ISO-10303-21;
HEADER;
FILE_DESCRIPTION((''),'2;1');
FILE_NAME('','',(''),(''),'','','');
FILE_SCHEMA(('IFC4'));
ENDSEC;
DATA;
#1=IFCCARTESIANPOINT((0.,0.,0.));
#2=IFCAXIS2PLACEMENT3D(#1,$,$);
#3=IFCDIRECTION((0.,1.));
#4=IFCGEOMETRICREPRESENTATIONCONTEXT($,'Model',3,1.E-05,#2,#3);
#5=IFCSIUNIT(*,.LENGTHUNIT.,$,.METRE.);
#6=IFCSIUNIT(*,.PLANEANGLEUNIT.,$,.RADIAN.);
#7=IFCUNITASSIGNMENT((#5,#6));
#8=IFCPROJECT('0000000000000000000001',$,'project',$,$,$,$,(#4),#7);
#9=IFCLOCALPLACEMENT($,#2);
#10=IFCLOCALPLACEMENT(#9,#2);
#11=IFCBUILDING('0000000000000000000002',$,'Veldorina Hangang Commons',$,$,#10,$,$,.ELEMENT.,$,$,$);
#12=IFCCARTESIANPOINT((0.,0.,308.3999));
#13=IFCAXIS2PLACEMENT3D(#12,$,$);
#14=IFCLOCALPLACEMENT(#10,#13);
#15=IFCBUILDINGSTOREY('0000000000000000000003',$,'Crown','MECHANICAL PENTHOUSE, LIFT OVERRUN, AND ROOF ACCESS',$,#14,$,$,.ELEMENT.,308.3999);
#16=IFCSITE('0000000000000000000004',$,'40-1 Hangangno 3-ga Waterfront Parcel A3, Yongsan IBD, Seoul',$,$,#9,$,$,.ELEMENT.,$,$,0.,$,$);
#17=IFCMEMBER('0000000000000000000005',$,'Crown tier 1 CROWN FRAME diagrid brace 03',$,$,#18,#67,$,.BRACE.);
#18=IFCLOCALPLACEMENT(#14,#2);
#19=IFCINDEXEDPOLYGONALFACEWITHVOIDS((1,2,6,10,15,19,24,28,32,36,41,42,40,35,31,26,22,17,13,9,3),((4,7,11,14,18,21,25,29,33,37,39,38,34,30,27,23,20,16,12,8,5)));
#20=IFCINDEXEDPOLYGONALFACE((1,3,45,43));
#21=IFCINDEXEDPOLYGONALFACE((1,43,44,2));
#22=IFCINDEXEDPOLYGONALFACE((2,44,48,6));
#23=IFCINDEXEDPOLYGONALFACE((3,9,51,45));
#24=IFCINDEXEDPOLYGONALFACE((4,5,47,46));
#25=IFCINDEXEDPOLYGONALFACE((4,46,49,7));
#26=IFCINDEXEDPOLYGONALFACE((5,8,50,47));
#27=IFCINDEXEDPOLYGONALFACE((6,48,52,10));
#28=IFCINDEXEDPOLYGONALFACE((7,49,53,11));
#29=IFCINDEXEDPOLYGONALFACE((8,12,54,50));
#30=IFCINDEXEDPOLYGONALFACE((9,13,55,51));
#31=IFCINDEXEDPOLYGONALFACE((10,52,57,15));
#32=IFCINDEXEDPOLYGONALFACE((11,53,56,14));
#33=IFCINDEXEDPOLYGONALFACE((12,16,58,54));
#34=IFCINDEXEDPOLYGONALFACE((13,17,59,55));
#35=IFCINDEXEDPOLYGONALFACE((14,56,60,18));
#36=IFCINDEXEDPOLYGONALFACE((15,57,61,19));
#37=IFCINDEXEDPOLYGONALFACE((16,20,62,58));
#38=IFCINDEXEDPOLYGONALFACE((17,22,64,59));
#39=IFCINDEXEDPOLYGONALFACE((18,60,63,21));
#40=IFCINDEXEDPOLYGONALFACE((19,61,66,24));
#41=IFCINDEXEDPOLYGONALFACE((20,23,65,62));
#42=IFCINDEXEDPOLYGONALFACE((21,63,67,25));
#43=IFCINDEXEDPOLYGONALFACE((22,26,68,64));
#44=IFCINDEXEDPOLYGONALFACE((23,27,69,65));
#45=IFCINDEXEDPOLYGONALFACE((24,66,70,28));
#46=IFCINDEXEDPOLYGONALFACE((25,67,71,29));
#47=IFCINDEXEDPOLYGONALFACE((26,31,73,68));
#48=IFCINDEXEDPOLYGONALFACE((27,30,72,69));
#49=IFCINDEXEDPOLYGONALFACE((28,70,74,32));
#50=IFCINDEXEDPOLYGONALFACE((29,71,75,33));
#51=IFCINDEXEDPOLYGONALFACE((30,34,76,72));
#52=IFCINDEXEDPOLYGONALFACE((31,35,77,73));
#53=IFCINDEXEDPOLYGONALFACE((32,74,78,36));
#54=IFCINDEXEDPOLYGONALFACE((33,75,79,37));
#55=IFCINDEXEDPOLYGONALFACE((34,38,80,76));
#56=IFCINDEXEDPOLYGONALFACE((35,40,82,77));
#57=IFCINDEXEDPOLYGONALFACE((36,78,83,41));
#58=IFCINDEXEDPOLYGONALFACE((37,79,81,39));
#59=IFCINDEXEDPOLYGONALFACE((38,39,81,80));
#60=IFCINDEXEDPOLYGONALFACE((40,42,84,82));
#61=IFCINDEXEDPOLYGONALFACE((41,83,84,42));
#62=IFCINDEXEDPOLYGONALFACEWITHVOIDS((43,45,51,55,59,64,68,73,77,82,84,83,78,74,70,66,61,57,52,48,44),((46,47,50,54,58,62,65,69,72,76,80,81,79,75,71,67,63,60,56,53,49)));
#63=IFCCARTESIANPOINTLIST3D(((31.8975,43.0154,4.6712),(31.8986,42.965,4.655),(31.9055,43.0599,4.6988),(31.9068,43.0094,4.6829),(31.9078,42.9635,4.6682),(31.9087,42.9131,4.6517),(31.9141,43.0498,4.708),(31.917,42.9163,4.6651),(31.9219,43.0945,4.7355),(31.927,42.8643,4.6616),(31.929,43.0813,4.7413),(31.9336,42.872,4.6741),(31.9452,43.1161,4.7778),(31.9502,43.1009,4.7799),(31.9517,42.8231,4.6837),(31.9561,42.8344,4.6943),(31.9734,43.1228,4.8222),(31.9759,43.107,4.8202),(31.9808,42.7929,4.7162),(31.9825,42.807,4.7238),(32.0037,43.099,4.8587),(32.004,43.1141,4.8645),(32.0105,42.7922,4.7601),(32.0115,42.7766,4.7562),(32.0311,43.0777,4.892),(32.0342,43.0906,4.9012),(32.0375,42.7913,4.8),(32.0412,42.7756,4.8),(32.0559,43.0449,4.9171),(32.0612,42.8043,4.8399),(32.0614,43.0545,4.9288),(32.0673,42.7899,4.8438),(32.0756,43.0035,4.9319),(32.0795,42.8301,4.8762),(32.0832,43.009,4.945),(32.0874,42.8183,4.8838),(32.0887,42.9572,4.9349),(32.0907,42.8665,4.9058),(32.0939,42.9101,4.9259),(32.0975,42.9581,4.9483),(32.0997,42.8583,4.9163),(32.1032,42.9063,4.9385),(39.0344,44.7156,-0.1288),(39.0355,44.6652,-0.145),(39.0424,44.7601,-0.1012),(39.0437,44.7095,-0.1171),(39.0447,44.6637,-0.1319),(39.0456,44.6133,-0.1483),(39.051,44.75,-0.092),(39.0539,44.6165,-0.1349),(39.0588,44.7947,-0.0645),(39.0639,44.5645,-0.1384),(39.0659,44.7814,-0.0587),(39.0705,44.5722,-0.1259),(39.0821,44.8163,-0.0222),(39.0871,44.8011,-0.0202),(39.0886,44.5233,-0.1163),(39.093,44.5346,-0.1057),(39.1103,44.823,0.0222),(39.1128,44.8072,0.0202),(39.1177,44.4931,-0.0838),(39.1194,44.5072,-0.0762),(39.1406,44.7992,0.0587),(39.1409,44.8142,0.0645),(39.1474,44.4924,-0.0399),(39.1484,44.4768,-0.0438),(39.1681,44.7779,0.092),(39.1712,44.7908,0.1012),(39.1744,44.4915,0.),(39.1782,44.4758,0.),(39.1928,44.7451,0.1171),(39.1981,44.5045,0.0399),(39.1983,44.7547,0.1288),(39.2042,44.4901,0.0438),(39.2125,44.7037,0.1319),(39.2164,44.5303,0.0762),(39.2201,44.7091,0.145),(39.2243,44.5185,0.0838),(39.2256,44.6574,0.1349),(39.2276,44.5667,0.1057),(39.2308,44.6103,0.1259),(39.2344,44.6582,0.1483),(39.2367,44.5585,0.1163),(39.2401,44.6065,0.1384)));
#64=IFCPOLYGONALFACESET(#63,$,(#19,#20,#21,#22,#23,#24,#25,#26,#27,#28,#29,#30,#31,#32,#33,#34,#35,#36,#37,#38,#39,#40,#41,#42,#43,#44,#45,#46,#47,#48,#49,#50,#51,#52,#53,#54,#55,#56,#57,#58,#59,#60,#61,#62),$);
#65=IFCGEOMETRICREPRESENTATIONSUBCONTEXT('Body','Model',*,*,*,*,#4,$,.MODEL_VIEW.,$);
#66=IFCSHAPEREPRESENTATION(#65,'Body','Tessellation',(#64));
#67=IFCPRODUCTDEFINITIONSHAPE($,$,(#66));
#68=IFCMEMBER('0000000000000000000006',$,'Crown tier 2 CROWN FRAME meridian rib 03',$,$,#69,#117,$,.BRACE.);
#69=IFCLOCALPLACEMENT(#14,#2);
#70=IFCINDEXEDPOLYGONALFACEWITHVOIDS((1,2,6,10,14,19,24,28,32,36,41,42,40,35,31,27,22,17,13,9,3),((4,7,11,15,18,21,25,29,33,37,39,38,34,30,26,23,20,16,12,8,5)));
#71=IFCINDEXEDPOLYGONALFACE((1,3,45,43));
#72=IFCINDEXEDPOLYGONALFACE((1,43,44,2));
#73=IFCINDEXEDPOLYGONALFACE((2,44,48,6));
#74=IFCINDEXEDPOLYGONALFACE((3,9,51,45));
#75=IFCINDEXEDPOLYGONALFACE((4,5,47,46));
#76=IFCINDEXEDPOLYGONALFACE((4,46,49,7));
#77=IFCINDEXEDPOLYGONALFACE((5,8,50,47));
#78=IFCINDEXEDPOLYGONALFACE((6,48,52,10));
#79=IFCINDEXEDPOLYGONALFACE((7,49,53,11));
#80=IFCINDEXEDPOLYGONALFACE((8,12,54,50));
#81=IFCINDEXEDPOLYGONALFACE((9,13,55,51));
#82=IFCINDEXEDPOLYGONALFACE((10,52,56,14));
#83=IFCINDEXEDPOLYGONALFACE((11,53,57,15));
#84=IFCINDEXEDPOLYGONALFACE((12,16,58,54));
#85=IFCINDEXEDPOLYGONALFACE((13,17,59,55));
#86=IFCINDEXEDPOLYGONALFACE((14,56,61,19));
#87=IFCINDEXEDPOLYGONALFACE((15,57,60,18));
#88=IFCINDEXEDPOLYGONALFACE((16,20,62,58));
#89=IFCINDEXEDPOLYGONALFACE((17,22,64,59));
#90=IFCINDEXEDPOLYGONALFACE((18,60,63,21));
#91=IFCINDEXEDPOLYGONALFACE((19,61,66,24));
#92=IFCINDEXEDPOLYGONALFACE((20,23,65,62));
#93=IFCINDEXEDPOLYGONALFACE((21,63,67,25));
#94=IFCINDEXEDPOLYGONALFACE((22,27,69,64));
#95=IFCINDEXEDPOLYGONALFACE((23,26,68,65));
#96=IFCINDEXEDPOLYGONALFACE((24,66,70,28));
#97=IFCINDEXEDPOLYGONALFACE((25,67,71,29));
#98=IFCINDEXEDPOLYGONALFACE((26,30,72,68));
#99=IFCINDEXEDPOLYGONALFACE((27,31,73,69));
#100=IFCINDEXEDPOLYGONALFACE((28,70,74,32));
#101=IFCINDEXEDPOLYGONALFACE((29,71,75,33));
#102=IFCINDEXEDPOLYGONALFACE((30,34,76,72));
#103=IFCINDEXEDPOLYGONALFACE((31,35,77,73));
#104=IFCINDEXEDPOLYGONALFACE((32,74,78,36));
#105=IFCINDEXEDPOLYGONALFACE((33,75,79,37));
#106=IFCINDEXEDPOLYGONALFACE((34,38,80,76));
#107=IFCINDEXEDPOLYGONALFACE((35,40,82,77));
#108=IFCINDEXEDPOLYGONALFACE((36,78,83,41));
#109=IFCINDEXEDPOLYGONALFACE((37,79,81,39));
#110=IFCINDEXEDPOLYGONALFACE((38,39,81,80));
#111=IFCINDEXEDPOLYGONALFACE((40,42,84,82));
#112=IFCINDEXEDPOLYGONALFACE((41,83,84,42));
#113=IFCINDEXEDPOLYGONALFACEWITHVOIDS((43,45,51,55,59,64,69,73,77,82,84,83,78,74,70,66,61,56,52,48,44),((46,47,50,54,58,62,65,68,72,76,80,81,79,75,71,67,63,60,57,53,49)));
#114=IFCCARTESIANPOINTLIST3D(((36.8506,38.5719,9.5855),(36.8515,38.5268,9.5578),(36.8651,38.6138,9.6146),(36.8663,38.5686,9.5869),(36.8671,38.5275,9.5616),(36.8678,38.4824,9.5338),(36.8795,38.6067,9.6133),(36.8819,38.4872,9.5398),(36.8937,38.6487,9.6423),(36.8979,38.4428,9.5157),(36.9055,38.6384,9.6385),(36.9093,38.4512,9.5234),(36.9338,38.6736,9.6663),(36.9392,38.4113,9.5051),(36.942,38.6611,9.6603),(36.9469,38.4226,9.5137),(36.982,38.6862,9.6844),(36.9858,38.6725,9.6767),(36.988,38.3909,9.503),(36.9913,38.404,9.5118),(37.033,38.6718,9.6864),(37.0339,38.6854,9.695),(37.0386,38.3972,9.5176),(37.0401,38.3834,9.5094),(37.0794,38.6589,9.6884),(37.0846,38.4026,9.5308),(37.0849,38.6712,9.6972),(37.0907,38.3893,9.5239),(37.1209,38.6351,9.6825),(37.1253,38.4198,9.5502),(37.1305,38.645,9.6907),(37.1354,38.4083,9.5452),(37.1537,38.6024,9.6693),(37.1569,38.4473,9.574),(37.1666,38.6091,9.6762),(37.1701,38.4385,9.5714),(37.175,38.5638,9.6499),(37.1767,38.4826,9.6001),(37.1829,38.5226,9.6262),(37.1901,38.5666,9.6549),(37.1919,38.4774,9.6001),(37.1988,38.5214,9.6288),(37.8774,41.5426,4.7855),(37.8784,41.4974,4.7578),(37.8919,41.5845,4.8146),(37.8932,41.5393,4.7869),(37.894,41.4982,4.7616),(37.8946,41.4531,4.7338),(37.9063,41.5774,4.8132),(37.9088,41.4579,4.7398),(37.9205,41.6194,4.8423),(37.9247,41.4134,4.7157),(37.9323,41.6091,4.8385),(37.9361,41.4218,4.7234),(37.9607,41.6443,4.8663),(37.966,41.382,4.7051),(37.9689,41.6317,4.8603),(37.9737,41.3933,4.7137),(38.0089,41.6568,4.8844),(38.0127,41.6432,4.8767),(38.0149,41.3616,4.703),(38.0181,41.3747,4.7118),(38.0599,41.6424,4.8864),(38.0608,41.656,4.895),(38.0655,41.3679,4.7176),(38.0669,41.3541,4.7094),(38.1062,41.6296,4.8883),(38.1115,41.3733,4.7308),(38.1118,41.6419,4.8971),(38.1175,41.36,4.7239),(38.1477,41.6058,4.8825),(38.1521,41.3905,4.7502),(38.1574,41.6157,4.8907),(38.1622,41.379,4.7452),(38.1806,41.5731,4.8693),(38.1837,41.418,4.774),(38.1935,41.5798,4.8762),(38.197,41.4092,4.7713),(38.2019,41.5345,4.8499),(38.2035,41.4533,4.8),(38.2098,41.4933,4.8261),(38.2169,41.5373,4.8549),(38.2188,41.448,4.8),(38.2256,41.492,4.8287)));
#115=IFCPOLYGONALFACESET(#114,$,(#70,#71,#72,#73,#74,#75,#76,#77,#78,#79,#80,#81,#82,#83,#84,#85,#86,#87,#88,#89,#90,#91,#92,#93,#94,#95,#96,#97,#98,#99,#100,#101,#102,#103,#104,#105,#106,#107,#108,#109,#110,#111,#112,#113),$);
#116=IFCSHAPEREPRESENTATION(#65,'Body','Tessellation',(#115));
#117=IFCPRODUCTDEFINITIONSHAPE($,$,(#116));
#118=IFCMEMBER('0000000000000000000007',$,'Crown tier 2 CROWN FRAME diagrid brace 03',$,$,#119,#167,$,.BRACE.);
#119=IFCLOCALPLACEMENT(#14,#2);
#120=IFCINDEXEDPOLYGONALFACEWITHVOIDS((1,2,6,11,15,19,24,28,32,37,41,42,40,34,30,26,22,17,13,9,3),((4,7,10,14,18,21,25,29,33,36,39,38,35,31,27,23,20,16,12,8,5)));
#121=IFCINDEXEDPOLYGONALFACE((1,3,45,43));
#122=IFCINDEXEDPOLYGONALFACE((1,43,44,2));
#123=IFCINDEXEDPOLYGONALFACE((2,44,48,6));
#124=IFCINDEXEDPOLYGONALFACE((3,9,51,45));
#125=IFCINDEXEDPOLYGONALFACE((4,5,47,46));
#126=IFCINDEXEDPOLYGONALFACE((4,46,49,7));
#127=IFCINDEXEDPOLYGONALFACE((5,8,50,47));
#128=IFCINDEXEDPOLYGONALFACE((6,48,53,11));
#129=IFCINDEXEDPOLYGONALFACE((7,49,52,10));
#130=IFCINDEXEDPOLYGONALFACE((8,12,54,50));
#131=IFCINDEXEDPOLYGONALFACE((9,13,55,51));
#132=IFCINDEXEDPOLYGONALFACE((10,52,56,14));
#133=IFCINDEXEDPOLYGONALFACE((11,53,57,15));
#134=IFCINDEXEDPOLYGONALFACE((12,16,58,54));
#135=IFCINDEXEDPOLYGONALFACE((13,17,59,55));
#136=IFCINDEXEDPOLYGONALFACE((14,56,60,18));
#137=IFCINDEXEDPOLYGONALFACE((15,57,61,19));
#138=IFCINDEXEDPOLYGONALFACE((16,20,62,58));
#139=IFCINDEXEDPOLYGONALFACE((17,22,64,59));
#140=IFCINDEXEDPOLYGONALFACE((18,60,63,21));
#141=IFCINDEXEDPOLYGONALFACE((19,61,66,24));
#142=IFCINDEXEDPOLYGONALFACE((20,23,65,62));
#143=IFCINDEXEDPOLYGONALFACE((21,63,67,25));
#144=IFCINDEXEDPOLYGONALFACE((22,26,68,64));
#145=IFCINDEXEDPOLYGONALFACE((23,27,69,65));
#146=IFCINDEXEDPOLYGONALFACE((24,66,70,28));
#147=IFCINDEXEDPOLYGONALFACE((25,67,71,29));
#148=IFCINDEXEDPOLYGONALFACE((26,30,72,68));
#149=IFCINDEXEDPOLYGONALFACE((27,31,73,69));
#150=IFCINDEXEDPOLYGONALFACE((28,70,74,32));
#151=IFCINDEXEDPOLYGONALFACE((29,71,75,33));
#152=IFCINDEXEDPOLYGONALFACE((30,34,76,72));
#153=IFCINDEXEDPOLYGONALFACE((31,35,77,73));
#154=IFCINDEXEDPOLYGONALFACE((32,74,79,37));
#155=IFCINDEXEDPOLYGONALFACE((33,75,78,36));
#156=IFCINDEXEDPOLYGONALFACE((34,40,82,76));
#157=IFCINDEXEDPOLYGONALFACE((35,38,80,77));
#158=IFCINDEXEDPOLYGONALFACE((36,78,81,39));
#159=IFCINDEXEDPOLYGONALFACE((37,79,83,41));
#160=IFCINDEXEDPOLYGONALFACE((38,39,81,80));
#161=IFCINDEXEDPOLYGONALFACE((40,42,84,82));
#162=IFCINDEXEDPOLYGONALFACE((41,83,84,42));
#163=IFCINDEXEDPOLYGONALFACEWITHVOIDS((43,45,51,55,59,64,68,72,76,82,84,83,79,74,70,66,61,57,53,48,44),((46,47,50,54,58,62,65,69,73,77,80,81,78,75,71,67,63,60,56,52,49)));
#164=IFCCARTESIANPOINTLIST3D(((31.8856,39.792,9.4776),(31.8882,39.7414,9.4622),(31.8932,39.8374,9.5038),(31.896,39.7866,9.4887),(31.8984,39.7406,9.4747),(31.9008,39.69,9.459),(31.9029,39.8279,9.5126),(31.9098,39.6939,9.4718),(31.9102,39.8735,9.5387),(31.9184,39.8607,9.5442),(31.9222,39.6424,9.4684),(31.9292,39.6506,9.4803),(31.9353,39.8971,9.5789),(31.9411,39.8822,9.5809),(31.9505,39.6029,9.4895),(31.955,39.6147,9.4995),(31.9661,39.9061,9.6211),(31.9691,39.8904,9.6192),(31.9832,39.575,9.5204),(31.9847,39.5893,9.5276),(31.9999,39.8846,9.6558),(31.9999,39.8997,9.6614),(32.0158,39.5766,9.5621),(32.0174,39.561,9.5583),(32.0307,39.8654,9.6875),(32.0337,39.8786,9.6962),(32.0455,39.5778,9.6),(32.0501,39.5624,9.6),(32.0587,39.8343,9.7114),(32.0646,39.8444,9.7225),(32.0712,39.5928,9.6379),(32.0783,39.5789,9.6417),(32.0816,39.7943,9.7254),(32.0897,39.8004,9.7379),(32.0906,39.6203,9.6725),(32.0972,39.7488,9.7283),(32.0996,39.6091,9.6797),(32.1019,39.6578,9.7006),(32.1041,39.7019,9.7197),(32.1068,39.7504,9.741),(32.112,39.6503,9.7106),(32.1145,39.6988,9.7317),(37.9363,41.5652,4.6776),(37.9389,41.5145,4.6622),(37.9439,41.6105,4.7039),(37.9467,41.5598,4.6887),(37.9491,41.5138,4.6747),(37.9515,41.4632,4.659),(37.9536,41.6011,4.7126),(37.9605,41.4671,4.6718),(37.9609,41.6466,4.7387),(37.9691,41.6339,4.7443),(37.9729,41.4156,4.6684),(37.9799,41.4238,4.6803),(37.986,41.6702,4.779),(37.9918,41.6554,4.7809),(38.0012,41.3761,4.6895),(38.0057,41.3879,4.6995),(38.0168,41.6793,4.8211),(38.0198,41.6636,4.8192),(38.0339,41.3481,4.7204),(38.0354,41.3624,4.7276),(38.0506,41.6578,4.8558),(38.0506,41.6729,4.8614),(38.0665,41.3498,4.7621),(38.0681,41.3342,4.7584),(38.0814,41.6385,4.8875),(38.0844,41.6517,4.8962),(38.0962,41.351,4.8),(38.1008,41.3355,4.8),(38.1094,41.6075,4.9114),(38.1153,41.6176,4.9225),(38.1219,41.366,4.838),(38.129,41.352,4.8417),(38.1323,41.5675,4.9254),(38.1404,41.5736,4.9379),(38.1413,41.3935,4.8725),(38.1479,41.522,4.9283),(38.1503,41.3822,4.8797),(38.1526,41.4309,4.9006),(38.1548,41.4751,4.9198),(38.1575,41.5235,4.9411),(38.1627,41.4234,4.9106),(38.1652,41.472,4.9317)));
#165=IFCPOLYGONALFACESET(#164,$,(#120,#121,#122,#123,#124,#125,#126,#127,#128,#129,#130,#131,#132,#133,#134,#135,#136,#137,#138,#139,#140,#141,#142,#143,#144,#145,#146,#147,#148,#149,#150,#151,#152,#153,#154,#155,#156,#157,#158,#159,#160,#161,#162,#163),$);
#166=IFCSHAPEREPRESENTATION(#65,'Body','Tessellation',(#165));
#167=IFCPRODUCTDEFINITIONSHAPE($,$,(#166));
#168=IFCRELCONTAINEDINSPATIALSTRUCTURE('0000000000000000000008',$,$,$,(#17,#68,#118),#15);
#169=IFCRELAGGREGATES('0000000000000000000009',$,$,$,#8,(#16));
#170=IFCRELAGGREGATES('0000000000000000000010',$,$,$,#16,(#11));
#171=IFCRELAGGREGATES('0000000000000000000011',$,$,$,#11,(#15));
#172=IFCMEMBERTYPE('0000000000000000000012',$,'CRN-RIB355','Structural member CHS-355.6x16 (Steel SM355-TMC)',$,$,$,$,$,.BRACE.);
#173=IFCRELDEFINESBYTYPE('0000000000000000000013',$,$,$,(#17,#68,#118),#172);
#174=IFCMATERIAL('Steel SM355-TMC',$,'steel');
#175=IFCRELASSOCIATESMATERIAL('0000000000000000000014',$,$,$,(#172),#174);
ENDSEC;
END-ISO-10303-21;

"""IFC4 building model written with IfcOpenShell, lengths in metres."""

from ifc_helpers import new_model, si_unit, direction, frame, origin, origin_2d, place, context, subcontext, project, spatial, hollow_circle, extrude, material, material_profile, profile_set, type_object, element, save


model = new_model("IFC4")

# Units and contexts
model_context = context("Model", 3, precision=1e-05, world=origin(), true_north=direction((0.0, 1.0)))
body_context = subcontext(model_context, "Body", "Model", "MODEL_VIEW")
ifc_project = project(units=[si_unit("LENGTHUNIT", "METRE"), si_unit("PLANEANGLEUNIT", "RADIAN")], contexts=[model_context])

# Site, building, storey
site_placement = place(None, origin())
site = spatial("IfcSite", under=ifc_project, at=site_placement, Name="40-1 Hangangno 3-ga Waterfront Parcel A3, Yongsan IBD, Seoul", CompositionType="ELEMENT", RefElevation=0.0)
building_placement = place(site_placement, origin())
building = spatial("IfcBuilding", under=site, at=building_placement, Name="Veldorina Hangang Commons", CompositionType="ELEMENT")
storey_placement = place(building_placement, frame((0.0, 0.0, 308.3999)))
storey = spatial("IfcBuildingStorey", under=building, at=storey_placement, Name="Crown", Description="MECHANICAL PENTHOUSE, LIFT OVERRUN, AND ROOF ACCESS", CompositionType="ELEMENT", Elevation=308.3999)

# Members
ifc_material_1 = material(Name="Steel SM355-TMC", Category="steel")
ifc_material_profile_1 = material_profile(ifc_material_1, hollow_circle(Radius=0.1777, WallThickness=0.0161, at=origin_2d()), Name="CHS-355.6x16")
ifc_profile_set_1 = profile_set([ifc_material_profile_1], Name="Steel SM355-TMC")
member_type_1 = type_object("IfcMemberType", Name="CRN-RIB355", Description="Structural member CHS-355.6x16 (Steel SM355-TMC)", PredefinedType="BRACE", material=ifc_profile_set_1)
member_1_placement = place(storey_placement, frame((39.137, 44.6487, 0.0), z_axis=(-0.814034, -0.193922, 0.547488), x_axis=(0.231739, -0.972778, 0.0)))
element("IfcMember", 1, at=member_1_placement, inside=storey, type_object=member_type_1, Name="Crown tier 1 CROWN FRAME diagrid brace 03", PredefinedType="BRACE", context=body_context, shape_type="SweptSolid", body=[
    extrude(hollow_circle(Radius=0.1777, WallThickness=0.0161, at=origin_2d()), origin(), (0.0, 0.0, 1.0), 8.7673),
])
member_2_placement = place(storey_placement, frame((38.0508, 41.5061, 4.8), z_axis=(-0.17897, -0.517761, 0.836596), x_axis=(0.94513, -0.326694, 0.0)))
element("IfcMember", 2, at=member_2_placement, inside=storey, type_object=member_type_1, Name="Crown tier 2 CROWN FRAME meridian rib 03", PredefinedType="BRACE", context=body_context, shape_type="SweptSolid", body=[
    extrude(hollow_circle(Radius=0.1777, WallThickness=0.0161, at=origin_2d()), origin(), (0.0, 0.0, 1.0), 5.7375),
])
member_3_placement = place(storey_placement, frame((38.0508, 41.5061, 4.8), z_axis=(-0.76356, -0.223763, 0.605728), x_axis=(0.281225, -0.959642, 0.0)))
element("IfcMember", 3, at=member_3_placement, inside=storey, type_object=member_type_1, Name="Crown tier 2 CROWN FRAME diagrid brace 03", PredefinedType="BRACE", context=body_context, shape_type="SweptSolid", body=[
    extrude(hollow_circle(Radius=0.1777, WallThickness=0.0161, at=origin_2d()), origin(), (0.0, 0.0, 1.0), 7.9243),
])

save(model, "model.ifc")
